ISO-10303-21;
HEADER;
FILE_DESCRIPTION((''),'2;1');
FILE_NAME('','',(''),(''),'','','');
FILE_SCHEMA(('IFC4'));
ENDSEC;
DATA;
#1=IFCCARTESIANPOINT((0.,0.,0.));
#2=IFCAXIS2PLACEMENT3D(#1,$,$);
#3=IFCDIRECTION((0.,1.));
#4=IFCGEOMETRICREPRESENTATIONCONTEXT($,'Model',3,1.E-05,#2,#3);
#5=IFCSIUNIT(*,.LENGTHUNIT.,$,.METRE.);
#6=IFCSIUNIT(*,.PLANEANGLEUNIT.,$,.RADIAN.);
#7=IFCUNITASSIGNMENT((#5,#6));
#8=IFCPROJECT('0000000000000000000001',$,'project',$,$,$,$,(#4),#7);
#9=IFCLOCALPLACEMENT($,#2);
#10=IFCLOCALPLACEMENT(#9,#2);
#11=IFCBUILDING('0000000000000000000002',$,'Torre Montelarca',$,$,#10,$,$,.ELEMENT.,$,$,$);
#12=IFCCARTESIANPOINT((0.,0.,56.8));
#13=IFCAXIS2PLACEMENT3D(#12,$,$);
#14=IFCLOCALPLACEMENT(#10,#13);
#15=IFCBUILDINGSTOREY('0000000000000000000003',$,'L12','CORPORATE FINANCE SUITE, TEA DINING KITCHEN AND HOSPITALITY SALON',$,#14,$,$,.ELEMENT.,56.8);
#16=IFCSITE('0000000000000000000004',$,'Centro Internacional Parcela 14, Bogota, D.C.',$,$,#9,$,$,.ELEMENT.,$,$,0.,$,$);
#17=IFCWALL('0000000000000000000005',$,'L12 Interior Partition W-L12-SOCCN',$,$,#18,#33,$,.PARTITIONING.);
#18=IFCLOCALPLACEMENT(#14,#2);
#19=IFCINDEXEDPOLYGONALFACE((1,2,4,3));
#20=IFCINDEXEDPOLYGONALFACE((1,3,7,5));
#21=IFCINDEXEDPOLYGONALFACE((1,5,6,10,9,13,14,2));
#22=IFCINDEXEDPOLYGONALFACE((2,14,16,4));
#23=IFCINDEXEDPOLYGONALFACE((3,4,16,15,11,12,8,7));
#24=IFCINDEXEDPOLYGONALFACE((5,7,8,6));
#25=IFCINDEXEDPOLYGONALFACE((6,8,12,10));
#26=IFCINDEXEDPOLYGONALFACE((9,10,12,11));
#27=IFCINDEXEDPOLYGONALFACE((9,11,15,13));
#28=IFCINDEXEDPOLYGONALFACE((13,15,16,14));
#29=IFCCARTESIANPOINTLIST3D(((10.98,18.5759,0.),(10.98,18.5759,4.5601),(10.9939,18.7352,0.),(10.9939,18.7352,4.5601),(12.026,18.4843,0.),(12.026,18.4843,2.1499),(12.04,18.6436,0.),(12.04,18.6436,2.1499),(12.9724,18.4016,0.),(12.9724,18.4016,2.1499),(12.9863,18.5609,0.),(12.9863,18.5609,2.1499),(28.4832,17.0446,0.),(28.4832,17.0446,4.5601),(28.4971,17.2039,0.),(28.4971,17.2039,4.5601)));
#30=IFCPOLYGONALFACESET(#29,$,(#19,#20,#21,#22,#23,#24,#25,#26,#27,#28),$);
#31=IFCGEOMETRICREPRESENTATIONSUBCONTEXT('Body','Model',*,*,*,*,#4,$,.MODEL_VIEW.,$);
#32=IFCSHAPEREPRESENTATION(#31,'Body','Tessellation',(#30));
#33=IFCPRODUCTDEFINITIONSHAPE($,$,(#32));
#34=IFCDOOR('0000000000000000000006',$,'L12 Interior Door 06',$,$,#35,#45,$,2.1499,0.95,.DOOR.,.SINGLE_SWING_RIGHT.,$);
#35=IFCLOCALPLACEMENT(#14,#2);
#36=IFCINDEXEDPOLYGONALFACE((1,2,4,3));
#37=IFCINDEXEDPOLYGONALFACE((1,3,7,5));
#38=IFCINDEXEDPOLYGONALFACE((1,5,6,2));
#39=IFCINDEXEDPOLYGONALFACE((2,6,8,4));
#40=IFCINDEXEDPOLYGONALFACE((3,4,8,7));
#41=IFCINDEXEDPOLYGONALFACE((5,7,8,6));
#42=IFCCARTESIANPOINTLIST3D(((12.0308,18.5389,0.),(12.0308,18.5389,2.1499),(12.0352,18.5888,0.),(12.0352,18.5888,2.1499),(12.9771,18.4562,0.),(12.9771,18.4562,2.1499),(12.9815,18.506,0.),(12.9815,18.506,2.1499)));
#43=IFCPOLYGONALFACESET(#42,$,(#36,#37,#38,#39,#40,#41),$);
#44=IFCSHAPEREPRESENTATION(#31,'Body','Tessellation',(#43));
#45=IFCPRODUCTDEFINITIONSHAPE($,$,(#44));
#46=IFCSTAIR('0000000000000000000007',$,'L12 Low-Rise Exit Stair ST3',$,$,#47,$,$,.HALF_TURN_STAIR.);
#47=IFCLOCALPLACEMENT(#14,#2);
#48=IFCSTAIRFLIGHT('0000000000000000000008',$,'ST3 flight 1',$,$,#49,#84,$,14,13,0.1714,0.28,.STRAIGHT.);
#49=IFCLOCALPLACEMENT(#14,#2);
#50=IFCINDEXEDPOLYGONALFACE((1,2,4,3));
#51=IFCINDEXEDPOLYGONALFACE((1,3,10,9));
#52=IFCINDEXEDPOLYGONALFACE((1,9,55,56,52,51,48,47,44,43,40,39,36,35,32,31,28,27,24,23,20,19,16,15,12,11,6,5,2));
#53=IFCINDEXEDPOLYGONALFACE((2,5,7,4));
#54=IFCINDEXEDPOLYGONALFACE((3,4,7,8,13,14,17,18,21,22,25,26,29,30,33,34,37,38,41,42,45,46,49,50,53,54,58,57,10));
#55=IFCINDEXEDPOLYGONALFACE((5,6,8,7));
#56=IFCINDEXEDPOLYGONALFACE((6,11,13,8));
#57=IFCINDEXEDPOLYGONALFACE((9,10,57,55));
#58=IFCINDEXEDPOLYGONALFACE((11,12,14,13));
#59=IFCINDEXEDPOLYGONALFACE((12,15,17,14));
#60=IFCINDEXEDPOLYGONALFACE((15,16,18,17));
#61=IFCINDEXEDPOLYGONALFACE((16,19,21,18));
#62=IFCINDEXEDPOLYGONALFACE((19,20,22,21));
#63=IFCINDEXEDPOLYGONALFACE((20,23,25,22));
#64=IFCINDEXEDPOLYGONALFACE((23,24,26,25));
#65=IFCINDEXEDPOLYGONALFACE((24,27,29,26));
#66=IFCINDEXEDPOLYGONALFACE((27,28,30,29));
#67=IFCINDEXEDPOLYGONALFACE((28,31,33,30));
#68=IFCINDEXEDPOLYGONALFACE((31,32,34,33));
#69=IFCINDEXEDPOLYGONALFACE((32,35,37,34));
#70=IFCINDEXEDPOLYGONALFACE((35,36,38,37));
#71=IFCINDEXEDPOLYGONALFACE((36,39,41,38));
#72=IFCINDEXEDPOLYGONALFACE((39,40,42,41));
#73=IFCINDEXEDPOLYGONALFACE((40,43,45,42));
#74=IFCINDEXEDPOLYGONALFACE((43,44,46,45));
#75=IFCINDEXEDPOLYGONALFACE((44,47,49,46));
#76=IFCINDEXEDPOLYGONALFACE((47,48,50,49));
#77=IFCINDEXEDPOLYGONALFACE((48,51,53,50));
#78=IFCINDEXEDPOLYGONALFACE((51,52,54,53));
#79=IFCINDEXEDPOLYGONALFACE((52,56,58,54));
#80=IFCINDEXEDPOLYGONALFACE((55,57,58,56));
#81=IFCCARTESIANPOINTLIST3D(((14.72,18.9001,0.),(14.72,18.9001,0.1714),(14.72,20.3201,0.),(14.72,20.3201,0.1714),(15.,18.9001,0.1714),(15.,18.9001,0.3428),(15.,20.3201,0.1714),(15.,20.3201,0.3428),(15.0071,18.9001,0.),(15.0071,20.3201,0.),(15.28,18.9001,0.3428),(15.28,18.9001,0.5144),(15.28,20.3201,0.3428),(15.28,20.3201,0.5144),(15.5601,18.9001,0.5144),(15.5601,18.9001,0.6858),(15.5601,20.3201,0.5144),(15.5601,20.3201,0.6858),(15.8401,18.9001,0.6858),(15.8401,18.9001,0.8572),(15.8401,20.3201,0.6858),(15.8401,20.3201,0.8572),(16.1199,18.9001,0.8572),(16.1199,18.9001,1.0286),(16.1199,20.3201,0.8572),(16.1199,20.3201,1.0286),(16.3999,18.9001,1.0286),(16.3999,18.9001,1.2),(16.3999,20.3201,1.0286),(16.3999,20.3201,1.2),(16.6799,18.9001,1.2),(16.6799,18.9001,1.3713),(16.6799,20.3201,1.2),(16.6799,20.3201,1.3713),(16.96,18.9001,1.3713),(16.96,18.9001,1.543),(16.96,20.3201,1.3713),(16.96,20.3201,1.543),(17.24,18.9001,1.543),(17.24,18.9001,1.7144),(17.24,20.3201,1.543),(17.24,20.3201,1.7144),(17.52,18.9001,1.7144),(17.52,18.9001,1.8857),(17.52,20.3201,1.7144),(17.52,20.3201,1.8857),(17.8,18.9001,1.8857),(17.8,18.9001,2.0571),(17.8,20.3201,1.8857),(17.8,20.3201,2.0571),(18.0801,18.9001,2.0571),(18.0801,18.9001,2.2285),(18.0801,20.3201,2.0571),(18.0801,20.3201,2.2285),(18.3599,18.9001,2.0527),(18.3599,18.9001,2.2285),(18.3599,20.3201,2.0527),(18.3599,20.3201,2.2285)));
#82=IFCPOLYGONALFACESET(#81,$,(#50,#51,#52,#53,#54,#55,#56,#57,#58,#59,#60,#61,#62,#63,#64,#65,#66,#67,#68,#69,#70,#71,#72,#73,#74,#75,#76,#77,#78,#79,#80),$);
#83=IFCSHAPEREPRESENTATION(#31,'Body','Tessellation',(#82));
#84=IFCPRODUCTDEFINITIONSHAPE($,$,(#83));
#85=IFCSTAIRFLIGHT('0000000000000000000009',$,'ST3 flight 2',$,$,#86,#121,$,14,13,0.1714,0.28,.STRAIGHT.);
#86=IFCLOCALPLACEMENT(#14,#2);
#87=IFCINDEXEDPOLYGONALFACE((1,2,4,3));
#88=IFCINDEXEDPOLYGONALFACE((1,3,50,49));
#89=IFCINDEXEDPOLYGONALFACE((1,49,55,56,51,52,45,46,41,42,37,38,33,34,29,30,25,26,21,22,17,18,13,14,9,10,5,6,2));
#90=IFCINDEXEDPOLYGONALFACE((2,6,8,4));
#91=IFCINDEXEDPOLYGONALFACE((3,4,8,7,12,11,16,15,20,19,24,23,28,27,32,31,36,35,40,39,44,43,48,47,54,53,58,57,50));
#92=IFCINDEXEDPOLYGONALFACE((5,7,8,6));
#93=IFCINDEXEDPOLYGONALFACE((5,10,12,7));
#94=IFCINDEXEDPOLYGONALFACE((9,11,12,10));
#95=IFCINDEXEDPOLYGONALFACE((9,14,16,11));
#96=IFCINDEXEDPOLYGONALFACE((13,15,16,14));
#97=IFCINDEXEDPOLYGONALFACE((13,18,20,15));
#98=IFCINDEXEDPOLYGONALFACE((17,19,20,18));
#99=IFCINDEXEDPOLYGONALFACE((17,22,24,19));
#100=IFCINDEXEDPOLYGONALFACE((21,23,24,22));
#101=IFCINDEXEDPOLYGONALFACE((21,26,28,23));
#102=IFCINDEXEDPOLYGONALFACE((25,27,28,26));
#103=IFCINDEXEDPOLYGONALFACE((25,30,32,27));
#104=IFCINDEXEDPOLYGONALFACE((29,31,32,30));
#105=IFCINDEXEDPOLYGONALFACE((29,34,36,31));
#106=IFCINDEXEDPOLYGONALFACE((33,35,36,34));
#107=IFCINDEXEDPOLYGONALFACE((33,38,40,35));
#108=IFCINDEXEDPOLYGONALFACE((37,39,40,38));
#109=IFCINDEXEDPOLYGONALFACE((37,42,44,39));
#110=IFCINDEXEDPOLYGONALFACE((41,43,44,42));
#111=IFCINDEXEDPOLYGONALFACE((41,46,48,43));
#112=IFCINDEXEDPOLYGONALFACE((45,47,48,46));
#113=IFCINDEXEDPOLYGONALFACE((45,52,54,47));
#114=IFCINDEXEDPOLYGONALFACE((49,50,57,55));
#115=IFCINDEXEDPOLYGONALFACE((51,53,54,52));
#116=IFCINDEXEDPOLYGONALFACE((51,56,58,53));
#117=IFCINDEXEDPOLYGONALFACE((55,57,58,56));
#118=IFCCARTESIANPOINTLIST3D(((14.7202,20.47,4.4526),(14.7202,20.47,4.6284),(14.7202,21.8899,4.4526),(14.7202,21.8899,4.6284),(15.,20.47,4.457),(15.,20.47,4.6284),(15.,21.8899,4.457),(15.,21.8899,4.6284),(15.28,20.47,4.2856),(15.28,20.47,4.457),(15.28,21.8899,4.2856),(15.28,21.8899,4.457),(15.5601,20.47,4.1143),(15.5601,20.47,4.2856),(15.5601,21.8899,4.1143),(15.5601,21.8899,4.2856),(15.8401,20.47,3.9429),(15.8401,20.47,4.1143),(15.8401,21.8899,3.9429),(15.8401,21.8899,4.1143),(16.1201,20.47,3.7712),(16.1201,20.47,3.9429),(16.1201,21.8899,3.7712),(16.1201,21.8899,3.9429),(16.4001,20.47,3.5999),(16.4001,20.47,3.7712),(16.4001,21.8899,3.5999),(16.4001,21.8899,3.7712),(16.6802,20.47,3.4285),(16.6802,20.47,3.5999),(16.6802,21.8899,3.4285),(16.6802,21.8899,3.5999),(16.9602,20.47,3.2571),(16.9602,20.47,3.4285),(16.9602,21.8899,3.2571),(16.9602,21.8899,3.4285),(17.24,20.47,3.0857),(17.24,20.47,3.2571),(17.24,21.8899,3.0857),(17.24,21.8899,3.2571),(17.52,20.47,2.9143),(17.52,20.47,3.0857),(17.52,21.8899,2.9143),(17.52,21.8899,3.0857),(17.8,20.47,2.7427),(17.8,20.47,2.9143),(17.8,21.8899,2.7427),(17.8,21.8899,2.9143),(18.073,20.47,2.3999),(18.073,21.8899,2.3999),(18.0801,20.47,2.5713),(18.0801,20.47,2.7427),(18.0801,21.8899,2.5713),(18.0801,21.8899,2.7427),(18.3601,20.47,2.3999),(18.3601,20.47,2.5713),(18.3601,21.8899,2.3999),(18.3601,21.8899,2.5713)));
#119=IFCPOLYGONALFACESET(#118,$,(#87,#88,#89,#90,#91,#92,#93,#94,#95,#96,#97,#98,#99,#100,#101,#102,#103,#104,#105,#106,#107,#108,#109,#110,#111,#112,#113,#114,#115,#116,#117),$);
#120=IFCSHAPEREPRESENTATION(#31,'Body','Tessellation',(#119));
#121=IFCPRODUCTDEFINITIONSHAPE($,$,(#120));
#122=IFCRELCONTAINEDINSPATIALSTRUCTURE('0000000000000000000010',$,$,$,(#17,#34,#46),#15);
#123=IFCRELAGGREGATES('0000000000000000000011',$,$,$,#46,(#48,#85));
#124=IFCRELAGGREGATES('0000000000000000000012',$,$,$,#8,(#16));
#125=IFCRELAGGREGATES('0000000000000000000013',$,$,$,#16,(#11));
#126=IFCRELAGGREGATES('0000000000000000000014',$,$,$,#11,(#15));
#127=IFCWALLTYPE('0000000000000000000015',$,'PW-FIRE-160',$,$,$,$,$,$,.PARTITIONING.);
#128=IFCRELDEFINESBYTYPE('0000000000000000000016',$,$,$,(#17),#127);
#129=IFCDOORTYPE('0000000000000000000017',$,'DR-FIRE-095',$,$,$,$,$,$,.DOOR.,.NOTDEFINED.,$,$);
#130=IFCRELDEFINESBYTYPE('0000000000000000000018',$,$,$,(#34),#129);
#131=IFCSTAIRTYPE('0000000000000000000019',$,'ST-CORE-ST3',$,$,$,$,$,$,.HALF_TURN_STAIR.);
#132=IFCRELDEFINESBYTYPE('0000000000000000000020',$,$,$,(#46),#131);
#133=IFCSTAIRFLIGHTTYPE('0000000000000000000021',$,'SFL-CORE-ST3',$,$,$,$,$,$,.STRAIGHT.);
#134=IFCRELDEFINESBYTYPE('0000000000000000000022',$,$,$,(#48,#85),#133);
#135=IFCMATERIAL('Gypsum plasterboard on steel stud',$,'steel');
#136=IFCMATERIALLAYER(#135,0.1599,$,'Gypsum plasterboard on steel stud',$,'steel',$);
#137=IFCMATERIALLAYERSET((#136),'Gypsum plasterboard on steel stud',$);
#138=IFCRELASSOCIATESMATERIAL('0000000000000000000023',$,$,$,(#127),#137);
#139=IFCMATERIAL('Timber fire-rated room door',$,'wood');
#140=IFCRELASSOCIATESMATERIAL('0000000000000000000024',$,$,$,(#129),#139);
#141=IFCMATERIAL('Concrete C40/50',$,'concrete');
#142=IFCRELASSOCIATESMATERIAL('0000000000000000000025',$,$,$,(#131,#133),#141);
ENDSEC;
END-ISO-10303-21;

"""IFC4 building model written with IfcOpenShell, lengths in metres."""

from ifc_helpers import new_model, si_unit, direction, frame, frame_2d, origin, place, context, subcontext, project, spatial, polyline, rectangle, outline, extrude, source, transform, mapped, material, layer, layer_set, type_object, element, fill, aggregate, save


model = new_model("IFC4")

# Units and contexts
model_context = context("Model", 3, precision=1e-05, world=origin(), true_north=direction((0.0, 1.0)))
body_context = subcontext(model_context, "Body", "Model", "MODEL_VIEW")
ifc_project = project(units=[si_unit("LENGTHUNIT", "METRE"), si_unit("PLANEANGLEUNIT", "RADIAN")], contexts=[model_context])

# Site, building, storey
site_placement = place(None, origin())
site = spatial("IfcSite", under=ifc_project, at=site_placement, Name="Centro Internacional Parcela 14, Bogota, D.C.", CompositionType="ELEMENT", RefElevation=0.0)
building_placement = place(site_placement, origin())
building = spatial("IfcBuilding", under=site, at=building_placement, Name="Torre Montelarca", CompositionType="ELEMENT")
storey_placement = place(building_placement, frame((0.0, 0.0, 56.8)))
storey = spatial("IfcBuildingStorey", under=building, at=storey_placement, Name="L12", Description="CORPORATE FINANCE SUITE, TEA DINING KITCHEN AND HOSPITALITY SALON", CompositionType="ELEMENT", Elevation=56.8)

# Shared definitions
ifc_material_1 = material(Name="Concrete C40/50", Category="concrete")

# Wall, opening, door
ifc_material_2 = material(Name="Gypsum plasterboard on steel stud", Category="steel")
ifc_layer_1 = layer(ifc_material_2, 0.1599, Name="Gypsum plasterboard on steel stud", Category="steel")
ifc_layer_set_1 = layer_set([ifc_layer_1], Name="Gypsum plasterboard on steel stud")
wall_type_1 = type_object("IfcWallType", Name="PW-FIRE-160", PredefinedType="PARTITIONING", material=ifc_layer_set_1)
wall_1_placement = place(storey_placement, frame((10.9868, 18.6555, 0.0), z_axis=(0.0, 0.0, 1.0), x_axis=(0.996195, -0.087151, 0.0)))
wall_1 = element("IfcWall", 1, at=wall_1_placement, inside=storey, type_object=wall_type_1, Name="L12 Interior Partition W-L12-SOCCN", PredefinedType="PARTITIONING", context=body_context, shape_type="SweptSolid", body=[
    extrude(rectangle(XDim=17.5701, YDim=0.1599, at=frame_2d((8.7852, 0.0))), origin(), (0.0, 0.0, 1.0), 4.5601),
])
opening_1_placement = place(wall_1_placement, frame((1.05, 0.0, 0.0)))
opening_1 = element("IfcOpeningElement", 2, at=opening_1_placement, cuts=wall_1, PredefinedType="OPENING", context=body_context, shape_type="SweptSolid", body=[
    extrude(rectangle(XDim=0.95, YDim=2.1499, at=frame_2d((0.4751, 1.075))), frame((0.0, 0.0898, 0.0), z_axis=(0.0, -1.0, 0.0), x_axis=(1.0, 0.0, 0.0)), (0.0, 0.0, 1.0), 0.1799),
])
ifc_material_3 = material(Name="Timber fire-rated room door", Category="wood")
door_type_1 = type_object("IfcDoorType", Name="DR-FIRE-095", OperationType="NOTDEFINED", PredefinedType="DOOR", material=ifc_material_3)
shared_shape_1 = source(origin(), body_context, "Body", "SweptSolid", [
    extrude(rectangle(XDim=0.95, YDim=2.1499, at=frame_2d((0.4751, 1.075))), frame((0.0, 0.0249, 0.0), z_axis=(0.0, -1.0, 0.0), x_axis=(1.0, 0.0, 0.0)), (0.0, 0.0, 1.0), 0.05),
])
door_1_placement = place(opening_1_placement, origin())
door_1 = element("IfcDoor", 3, at=door_1_placement, inside=storey, type_object=door_type_1, Name="L12 Interior Door 06", OperationType="SINGLE_SWING_RIGHT", OverallHeight=2.1499, OverallWidth=0.95, PredefinedType="DOOR", context=body_context, shape_type="MappedRepresentation", body=[
    mapped(shared_shape_1, transform((0.0, 0.0, 0.0), scale=1.0)),
])
fill(opening_1, door_1)

# Stair, stair flights
stair_type = type_object("IfcStairType", Name="ST-CORE-ST3", PredefinedType="HALF_TURN_STAIR", material=ifc_material_1)
stair_placement = place(storey_placement, origin())
stair = element("IfcStair", 4, at=stair_placement, inside=storey, type_object=stair_type, Name="L12 Low-Rise Exit Stair ST3", PredefinedType="HALF_TURN_STAIR")
stair_flight_type = type_object("IfcStairFlightType", Name="SFL-CORE-ST3", PredefinedType="STRAIGHT", material=ifc_material_1)
stair_flight_1_placement = place(storey_placement, frame((14.72, 19.6101, 0.0), z_axis=(0.0, 0.0, 1.0), x_axis=(1.0, 0.0, 0.0)))
stair_flight_1 = element("IfcStairFlight", 5, at=stair_flight_1_placement, type_object=stair_flight_type, Name="ST3 flight 1", NumberOfRisers=14, NumberOfTreads=13, PredefinedType="STRAIGHT", RiserHeight=0.1714, TreadLength=0.28, context=body_context, shape_type="SweptSolid", body=[
    extrude(outline(polyline([(0.0, 0.0), (0.0, 0.1714), (0.28, 0.1714), (0.28, 0.3428), (0.5601, 0.3428), (0.5601, 0.5144), (0.8401, 0.5144), (0.8401, 0.6858), (1.1201, 0.6858), (1.1201, 0.8572), (1.3999, 0.8572), (1.3999, 1.0286), (1.6799, 1.0286), (1.6799, 1.2), (1.96, 1.2), (1.96, 1.3713), (2.24, 1.3713), (2.24, 1.543), (2.52, 1.543), (2.52, 1.7144), (2.8, 1.7144), (2.8, 1.8857), (3.0801, 1.8857), (3.0801, 2.0571), (3.3601, 2.0571), (3.3601, 2.2285), (3.6399, 2.2285), (3.6399, 2.3999), (3.6399, 2.0527), (0.2871, 0.0), (0.0, 0.0)])), frame((0.0, 0.71, 0.0), z_axis=(0.0, -1.0, 0.0), x_axis=(1.0, 0.0, 0.0)), (0.0, 0.0, 1.0), 1.4199),
])
stair_flight_2_placement = place(storey_placement, frame((18.3601, 21.1799, 2.3999), z_axis=(0.0, 0.0, 1.0), x_axis=(-1.0, 0.0, 0.0)))
stair_flight_2 = element("IfcStairFlight", 6, at=stair_flight_2_placement, type_object=stair_flight_type, Name="ST3 flight 2", NumberOfRisers=14, NumberOfTreads=13, PredefinedType="STRAIGHT", RiserHeight=0.1714, TreadLength=0.28, context=body_context, shape_type="SweptSolid", body=[
    extrude(outline(polyline([(0.0, 0.0), (0.0, 0.1714), (0.28, 0.1714), (0.28, 0.3428), (0.5601, 0.3428), (0.5601, 0.5144), (0.8401, 0.5144), (0.8401, 0.6858), (1.1201, 0.6858), (1.1201, 0.8572), (1.3999, 0.8572), (1.3999, 1.0286), (1.6799, 1.0286), (1.6799, 1.2), (1.96, 1.2), (1.96, 1.3713), (2.24, 1.3713), (2.24, 1.543), (2.52, 1.543), (2.52, 1.7144), (2.8, 1.7144), (2.8, 1.8857), (3.0801, 1.8857), (3.0801, 2.0571), (3.3601, 2.0571), (3.3601, 2.2285), (3.6399, 2.2285), (3.6399, 2.3999), (3.6399, 2.0527), (0.2871, 0.0), (0.0, 0.0)])), frame((0.0, 0.71, 0.0), z_axis=(0.0, -1.0, 0.0), x_axis=(1.0, 0.0, 0.0)), (0.0, 0.0, 1.0), 1.4199),
])
aggregate(stair, [stair_flight_1, stair_flight_2])

save(model, "model.ifc")
